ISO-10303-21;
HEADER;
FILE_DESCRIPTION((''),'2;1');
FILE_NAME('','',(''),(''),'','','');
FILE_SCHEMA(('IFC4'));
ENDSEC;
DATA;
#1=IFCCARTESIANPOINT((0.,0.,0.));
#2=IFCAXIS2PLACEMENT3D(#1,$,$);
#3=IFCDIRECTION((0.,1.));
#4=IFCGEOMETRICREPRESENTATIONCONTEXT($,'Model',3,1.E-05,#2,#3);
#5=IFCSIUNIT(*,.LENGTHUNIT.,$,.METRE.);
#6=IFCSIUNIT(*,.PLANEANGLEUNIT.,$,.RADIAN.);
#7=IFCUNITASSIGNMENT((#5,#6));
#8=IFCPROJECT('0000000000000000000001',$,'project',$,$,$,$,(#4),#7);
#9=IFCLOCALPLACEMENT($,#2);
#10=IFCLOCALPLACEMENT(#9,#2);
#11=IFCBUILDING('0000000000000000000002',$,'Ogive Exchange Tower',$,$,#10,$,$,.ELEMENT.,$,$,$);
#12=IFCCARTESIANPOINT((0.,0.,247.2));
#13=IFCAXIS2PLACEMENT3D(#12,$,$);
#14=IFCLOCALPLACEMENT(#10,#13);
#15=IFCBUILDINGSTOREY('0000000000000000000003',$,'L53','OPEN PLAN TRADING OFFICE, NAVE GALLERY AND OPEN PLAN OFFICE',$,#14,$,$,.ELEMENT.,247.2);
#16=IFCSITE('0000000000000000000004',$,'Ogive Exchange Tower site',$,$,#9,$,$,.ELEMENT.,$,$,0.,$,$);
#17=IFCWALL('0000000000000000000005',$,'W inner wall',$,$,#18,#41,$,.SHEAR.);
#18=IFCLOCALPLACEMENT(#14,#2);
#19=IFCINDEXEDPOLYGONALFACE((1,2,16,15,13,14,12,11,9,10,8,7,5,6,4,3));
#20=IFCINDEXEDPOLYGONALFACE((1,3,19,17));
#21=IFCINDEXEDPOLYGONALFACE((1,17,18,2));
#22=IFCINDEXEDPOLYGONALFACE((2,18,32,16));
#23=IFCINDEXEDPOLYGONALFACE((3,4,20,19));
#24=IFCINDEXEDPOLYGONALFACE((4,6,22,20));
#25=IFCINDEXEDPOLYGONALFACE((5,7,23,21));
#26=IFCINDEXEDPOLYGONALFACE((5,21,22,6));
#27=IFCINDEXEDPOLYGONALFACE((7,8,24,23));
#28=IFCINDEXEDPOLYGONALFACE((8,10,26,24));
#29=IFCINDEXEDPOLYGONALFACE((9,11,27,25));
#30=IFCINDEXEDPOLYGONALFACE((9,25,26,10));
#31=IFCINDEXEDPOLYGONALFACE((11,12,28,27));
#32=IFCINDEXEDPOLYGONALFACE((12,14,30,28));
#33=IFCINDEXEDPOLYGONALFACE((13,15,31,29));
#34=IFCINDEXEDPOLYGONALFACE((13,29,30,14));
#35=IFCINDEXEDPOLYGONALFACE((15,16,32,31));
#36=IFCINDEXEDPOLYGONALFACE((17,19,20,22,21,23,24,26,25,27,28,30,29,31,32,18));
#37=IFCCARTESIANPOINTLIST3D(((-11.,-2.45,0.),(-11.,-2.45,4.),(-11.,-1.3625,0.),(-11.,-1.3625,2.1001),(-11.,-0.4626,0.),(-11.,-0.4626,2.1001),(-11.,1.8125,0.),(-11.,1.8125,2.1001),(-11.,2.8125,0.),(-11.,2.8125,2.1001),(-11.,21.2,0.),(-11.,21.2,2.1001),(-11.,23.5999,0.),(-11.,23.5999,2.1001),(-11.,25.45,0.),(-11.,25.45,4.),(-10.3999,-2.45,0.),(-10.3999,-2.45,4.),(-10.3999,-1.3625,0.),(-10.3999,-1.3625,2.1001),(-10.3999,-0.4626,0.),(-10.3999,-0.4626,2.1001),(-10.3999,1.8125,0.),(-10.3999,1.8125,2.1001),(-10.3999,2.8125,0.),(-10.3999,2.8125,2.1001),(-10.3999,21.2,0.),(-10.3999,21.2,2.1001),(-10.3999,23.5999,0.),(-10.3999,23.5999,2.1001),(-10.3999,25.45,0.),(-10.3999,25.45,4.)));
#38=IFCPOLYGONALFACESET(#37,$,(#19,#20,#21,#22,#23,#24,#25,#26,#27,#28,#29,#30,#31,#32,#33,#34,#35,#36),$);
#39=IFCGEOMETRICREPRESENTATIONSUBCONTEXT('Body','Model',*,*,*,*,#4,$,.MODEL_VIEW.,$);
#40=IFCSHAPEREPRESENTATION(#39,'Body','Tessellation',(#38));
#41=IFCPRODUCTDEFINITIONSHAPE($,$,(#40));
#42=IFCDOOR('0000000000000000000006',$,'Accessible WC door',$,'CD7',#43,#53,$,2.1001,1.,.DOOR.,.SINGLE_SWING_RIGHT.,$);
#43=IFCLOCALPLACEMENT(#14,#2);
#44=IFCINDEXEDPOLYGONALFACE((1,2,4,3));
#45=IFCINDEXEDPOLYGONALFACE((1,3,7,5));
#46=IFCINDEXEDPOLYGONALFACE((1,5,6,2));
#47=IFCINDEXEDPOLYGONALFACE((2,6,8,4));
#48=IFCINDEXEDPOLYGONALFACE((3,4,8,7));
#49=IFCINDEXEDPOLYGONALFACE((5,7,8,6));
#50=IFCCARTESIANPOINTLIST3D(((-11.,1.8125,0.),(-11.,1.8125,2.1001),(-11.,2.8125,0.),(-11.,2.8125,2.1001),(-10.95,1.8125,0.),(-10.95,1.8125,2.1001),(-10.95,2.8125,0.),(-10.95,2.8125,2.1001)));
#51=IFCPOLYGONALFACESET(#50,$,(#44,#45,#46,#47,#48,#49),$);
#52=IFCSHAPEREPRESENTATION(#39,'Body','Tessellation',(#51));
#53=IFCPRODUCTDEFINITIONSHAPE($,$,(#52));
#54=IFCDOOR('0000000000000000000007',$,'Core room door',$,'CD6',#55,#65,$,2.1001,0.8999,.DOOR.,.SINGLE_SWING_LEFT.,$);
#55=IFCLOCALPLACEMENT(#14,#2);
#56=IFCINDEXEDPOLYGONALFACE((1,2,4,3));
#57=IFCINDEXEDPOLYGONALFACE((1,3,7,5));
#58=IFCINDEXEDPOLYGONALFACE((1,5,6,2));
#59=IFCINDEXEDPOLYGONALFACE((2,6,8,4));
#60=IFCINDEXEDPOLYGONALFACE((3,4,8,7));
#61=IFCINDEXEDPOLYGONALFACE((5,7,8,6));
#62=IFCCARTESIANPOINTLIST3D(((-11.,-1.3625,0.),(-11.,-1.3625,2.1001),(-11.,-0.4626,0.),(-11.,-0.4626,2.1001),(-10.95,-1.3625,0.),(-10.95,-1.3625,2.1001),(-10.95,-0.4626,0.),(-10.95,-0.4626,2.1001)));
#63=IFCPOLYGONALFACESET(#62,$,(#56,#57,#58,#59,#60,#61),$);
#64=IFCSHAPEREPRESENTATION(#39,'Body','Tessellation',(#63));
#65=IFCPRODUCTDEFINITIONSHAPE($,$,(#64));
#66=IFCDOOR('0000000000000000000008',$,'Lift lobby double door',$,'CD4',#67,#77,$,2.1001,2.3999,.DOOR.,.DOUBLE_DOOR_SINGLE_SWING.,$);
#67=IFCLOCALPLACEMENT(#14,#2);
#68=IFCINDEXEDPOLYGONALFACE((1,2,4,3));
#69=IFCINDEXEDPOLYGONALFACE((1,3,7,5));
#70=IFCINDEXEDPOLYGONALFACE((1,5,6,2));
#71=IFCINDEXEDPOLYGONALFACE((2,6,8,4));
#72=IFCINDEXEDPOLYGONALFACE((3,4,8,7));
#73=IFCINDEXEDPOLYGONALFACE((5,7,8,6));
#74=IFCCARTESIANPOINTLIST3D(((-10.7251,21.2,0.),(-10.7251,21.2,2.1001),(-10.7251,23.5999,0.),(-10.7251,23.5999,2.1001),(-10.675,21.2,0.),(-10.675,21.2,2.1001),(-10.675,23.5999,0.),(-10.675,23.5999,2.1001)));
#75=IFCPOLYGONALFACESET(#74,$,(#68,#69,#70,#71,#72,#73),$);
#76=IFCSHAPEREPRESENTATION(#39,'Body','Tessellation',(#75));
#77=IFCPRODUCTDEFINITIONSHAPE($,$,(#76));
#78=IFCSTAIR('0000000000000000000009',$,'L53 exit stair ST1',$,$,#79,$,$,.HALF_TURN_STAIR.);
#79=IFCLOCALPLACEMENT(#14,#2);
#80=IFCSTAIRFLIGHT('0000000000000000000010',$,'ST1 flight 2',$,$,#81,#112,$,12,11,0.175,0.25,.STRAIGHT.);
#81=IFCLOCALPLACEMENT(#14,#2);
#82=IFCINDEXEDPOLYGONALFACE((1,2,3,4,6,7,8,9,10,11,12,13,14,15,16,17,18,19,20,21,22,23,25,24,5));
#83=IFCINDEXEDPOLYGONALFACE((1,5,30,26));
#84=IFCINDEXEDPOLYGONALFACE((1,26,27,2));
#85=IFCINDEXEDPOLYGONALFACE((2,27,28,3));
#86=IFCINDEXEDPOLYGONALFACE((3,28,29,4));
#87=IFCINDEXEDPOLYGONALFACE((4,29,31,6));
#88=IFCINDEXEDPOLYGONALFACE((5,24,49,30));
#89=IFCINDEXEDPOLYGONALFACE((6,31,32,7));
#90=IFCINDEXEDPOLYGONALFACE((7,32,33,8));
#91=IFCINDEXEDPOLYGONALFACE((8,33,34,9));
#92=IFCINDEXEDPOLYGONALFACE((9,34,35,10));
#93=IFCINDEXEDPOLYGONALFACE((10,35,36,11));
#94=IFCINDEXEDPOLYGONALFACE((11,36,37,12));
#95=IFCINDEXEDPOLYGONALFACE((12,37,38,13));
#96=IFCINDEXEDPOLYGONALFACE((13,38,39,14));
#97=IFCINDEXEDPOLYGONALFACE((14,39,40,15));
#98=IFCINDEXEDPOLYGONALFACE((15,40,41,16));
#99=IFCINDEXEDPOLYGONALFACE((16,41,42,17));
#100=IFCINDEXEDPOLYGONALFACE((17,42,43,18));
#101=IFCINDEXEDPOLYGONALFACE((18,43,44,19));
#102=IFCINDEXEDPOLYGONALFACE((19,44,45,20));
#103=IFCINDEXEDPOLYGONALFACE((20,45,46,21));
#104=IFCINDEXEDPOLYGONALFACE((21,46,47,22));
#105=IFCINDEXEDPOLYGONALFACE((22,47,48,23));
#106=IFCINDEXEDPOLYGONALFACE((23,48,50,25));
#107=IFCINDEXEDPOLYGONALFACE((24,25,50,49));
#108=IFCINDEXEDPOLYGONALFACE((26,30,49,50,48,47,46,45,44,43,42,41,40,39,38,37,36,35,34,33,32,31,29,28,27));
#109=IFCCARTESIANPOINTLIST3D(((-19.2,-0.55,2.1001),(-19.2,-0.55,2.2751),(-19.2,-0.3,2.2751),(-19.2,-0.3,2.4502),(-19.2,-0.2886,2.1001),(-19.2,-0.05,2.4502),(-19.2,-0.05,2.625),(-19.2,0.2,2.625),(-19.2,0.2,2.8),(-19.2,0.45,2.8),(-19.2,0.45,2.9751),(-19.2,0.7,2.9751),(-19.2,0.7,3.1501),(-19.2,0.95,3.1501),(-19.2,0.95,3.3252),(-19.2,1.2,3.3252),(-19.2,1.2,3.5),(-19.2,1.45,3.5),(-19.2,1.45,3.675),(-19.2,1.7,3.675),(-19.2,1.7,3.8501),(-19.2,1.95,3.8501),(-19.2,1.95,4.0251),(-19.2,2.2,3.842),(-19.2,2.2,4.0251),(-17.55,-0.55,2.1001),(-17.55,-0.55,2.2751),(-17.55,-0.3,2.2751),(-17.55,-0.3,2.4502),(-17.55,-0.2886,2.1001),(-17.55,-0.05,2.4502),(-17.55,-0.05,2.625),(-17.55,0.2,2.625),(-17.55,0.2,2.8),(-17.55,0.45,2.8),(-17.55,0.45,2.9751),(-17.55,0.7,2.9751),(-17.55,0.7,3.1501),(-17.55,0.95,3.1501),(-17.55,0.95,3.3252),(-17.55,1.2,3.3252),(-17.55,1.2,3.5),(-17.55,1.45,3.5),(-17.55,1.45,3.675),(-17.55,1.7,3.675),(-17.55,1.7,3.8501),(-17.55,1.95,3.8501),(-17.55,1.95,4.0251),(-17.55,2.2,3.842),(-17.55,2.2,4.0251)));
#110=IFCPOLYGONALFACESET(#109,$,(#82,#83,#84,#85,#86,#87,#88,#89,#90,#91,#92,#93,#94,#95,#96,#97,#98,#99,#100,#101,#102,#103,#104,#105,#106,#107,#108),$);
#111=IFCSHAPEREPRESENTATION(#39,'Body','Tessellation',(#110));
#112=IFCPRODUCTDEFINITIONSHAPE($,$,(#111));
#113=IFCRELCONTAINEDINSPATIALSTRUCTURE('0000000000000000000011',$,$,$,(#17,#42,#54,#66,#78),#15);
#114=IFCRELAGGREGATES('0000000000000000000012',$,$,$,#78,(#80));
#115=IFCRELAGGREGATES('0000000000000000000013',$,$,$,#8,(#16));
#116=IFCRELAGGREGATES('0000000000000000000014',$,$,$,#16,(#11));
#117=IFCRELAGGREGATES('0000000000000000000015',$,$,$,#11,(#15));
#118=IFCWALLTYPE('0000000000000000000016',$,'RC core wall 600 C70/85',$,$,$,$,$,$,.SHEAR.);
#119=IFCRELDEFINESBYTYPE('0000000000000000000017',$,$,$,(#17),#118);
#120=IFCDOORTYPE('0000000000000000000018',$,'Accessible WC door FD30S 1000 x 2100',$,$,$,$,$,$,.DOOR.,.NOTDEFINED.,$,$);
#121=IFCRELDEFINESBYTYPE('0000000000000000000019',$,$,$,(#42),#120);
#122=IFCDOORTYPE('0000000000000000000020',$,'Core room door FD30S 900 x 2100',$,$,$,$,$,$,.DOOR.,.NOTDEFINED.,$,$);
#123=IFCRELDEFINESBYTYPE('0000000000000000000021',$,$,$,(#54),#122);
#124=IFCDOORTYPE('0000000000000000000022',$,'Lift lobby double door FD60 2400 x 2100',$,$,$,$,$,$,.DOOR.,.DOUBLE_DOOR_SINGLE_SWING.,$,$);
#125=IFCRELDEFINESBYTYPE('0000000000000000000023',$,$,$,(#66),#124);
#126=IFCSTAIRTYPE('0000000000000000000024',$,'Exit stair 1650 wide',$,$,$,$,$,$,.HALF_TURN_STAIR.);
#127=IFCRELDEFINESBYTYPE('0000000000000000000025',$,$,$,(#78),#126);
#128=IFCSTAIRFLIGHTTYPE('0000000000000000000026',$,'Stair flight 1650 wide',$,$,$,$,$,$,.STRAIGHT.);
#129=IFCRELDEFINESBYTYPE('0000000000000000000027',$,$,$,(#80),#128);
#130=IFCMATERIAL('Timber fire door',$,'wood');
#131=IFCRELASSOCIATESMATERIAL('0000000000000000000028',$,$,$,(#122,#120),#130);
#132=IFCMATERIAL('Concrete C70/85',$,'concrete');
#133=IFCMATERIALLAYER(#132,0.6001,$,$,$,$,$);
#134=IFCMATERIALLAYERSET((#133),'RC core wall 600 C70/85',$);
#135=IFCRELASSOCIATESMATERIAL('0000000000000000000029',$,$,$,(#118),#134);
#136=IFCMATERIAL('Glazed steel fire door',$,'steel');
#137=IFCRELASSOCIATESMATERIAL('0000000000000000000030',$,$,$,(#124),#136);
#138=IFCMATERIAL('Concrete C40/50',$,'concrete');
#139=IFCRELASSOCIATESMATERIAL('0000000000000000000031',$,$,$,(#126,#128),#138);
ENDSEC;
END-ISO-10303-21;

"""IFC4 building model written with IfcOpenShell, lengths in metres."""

from ifc_helpers import new_model, si_unit, direction, frame, frame_2d, origin, place, context, subcontext, project, spatial, polyline, rectangle, outline, extrude, material, layer, layer_set, type_object, element, fill, aggregate, save


model = new_model("IFC4")

# Units and contexts
model_context = context("Model", 3, precision=1e-05, world=origin(), true_north=direction((0.0, 1.0)))
body_context = subcontext(model_context, "Body", "Model", "MODEL_VIEW")
ifc_project = project(units=[si_unit("LENGTHUNIT", "METRE"), si_unit("PLANEANGLEUNIT", "RADIAN")], contexts=[model_context])

# Site, building, storey
site_placement = place(None, origin())
site = spatial("IfcSite", under=ifc_project, at=site_placement, Name="Ogive Exchange Tower site", CompositionType="ELEMENT", RefElevation=0.0)
building_placement = place(site_placement, origin())
building = spatial("IfcBuilding", under=site, at=building_placement, Name="Ogive Exchange Tower", CompositionType="ELEMENT")
storey_placement = place(building_placement, frame((0.0, 0.0, 247.2)))
storey = spatial("IfcBuildingStorey", under=building, at=storey_placement, Name="L53", Description="OPEN PLAN TRADING OFFICE, NAVE GALLERY AND OPEN PLAN OFFICE", CompositionType="ELEMENT", Elevation=247.2)

# Shared definitions
ifc_material_1 = material(Name="Concrete C70/85", Category="concrete")

# Wall, openings, doors
ifc_material_2 = material(Name="Timber fire door", Category="wood")
door_type_1 = type_object("IfcDoorType", Name="Core room door FD30S 900 x 2100", OperationType="NOTDEFINED", PredefinedType="DOOR", material=ifc_material_2)
ifc_layer_1 = layer(ifc_material_1, 0.6001)
ifc_layer_set_1 = layer_set([ifc_layer_1], Name="RC core wall 600 C70/85")
wall_type_1 = type_object("IfcWallType", Name="RC core wall 600 C70/85", PredefinedType="SHEAR", material=ifc_layer_set_1)
wall_1_placement = place(storey_placement, frame((-10.7, -2.45, 0.0), z_axis=(0.0, 0.0, 1.0), x_axis=(0.0, 1.0, 0.0)))
wall_1 = element("IfcWall", 1, at=wall_1_placement, inside=storey, type_object=wall_type_1, Name="W inner wall", PredefinedType="SHEAR", context=body_context, shape_type="SweptSolid", body=[
    extrude(rectangle(XDim=27.8999, YDim=0.6001, at=frame_2d((13.95, 0.0))), origin(), (0.0, 0.0, 1.0), 4.0),
])
opening_1_placement = place(wall_1_placement, frame((23.6499, 0.0, 0.0)))
opening_1 = element("IfcOpeningElement", 2, at=opening_1_placement, cuts=wall_1, PredefinedType="OPENING", context=body_context, shape_type="SweptSolid", body=[
    extrude(rectangle(XDim=2.3999, YDim=2.1001, at=frame_2d((1.2, 1.05))), frame((0.0, 0.3101, 0.0), z_axis=(0.0, -1.0, 0.0), x_axis=(1.0, 0.0, 0.0)), (0.0, 0.0, 1.0), 0.6201),
])
opening_2_placement = place(wall_1_placement, frame((1.0874, 0.0, 0.0)))
opening_2 = element("IfcOpeningElement", 3, at=opening_2_placement, cuts=wall_1, PredefinedType="OPENING", context=body_context, shape_type="SweptSolid", body=[
    extrude(rectangle(XDim=0.8999, YDim=2.1001, at=frame_2d((0.45, 1.05))), frame((0.0, 0.3101, 0.0), z_axis=(0.0, -1.0, 0.0), x_axis=(1.0, 0.0, 0.0)), (0.0, 0.0, 1.0), 0.6201),
])
opening_3_placement = place(wall_1_placement, frame((4.2625, 0.0, 0.0)))
opening_3 = element("IfcOpeningElement", 4, at=opening_3_placement, cuts=wall_1, PredefinedType="OPENING", context=body_context, shape_type="SweptSolid", body=[
    extrude(rectangle(XDim=1.0, YDim=2.1001, at=frame_2d((0.5, 1.05))), frame((0.0, 0.3101, 0.0), z_axis=(0.0, -1.0, 0.0), x_axis=(1.0, 0.0, 0.0)), (0.0, 0.0, 1.0), 0.6201),
])
door_type_2 = type_object("IfcDoorType", Name="Accessible WC door FD30S 1000 x 2100", OperationType="NOTDEFINED", PredefinedType="DOOR", material=ifc_material_2)
door_1_placement = place(opening_3_placement, frame((1.0, 0.5498, 0.0), z_axis=(0.0, 0.0, 1.0), x_axis=(-1.0, 0.0, 0.0)))
door_1 = element("IfcDoor", 5, at=door_1_placement, inside=storey, type_object=door_type_2, Name="Accessible WC door", ObjectType="CD7", OperationType="SINGLE_SWING_RIGHT", OverallHeight=2.1001, OverallWidth=1.0, PredefinedType="DOOR", context=body_context, shape_type="SweptSolid", body=[
    extrude(rectangle(XDim=1.0, YDim=2.1001, at=frame_2d((0.5, 1.05))), frame((0.0, 0.2998, 0.0), z_axis=(0.0, -1.0, 0.0), x_axis=(1.0, 0.0, 0.0)), (0.0, 0.0, 1.0), 0.05),
])
fill(opening_3, door_1)
door_2_placement = place(opening_2_placement, frame((0.8999, 0.5498, 0.0), z_axis=(0.0, 0.0, 1.0), x_axis=(-1.0, 0.0, 0.0)))
door_2 = element("IfcDoor", 6, at=door_2_placement, inside=storey, type_object=door_type_1, Name="Core room door", ObjectType="CD6", OperationType="SINGLE_SWING_LEFT", OverallHeight=2.1001, OverallWidth=0.8999, PredefinedType="DOOR", context=body_context, shape_type="SweptSolid", body=[
    extrude(rectangle(XDim=0.8999, YDim=2.1001, at=frame_2d((0.45, 1.05))), frame((0.0, 0.2998, 0.0), z_axis=(0.0, -1.0, 0.0), x_axis=(1.0, 0.0, 0.0)), (0.0, 0.0, 1.0), 0.05),
])
fill(opening_2, door_2)
ifc_material_3 = material(Name="Glazed steel fire door", Category="steel")
door_type_3 = type_object("IfcDoorType", Name="Lift lobby double door FD60 2400 x 2100", OperationType="DOUBLE_DOOR_SINGLE_SWING", PredefinedType="DOOR", material=ifc_material_3)
door_3_placement = place(opening_1_placement, frame((2.3999, 0.0, 0.0), z_axis=(0.0, 0.0, 1.0), x_axis=(-1.0, 0.0, 0.0)))
door_3 = element("IfcDoor", 7, at=door_3_placement, inside=storey, type_object=door_type_3, Name="Lift lobby double door", ObjectType="CD4", OperationType="DOUBLE_DOOR_SINGLE_SWING", OverallHeight=2.1001, OverallWidth=2.3999, PredefinedType="DOOR", context=body_context, shape_type="SweptSolid", body=[
    extrude(rectangle(XDim=2.3999, YDim=2.1001, at=frame_2d((1.2, 1.05))), frame((0.0, 0.0249, 0.0), z_axis=(0.0, -1.0, 0.0), x_axis=(1.0, 0.0, 0.0)), (0.0, 0.0, 1.0), 0.05),
])
fill(opening_1, door_3)

# Stair, stair flight
ifc_material_4 = material(Name="Concrete C40/50", Category="concrete")
stair_type = type_object("IfcStairType", Name="Exit stair 1650 wide", PredefinedType="HALF_TURN_STAIR", material=ifc_material_4)
stair_placement = place(storey_placement, origin())
stair = element("IfcStair", 8, at=stair_placement, inside=storey, type_object=stair_type, Name="L53 exit stair ST1", PredefinedType="HALF_TURN_STAIR")
stair_flight_type = type_object("IfcStairFlightType", Name="Stair flight 1650 wide", PredefinedType="STRAIGHT", material=ifc_material_4)
stair_flight_placement = place(storey_placement, frame((-18.375, -0.55, 2.1001), z_axis=(0.0, 0.0, 1.0), x_axis=(0.0, 1.0, 0.0)))
stair_flight = element("IfcStairFlight", 9, at=stair_flight_placement, type_object=stair_flight_type, Name="ST1 flight 2", NumberOfRisers=12, NumberOfTreads=11, PredefinedType="STRAIGHT", RiserHeight=0.175, TreadLength=0.25, context=body_context, shape_type="SweptSolid", body=[
    extrude(outline(polyline([(0.0, 0.0), (0.0, 0.175), (0.25, 0.175), (0.25, 0.3501), (0.5, 0.3501), (0.5, 0.5249), (0.75, 0.5249), (0.75, 0.7), (1.0, 0.7), (1.0, 0.875), (1.25, 0.875), (1.25, 1.05), (1.5, 1.05), (1.5, 1.2251), (1.75, 1.2251), (1.75, 1.3999), (2.0, 1.3999), (2.0, 1.575), (2.25, 1.575), (2.25, 1.75), (2.5, 1.75), (2.5, 1.925), (2.75, 1.925), (2.75, 2.1001), (2.75, 1.7419), (0.2615, 0.0), (0.0, 0.0)])), frame((0.0, 0.825, 0.0), z_axis=(0.0, -1.0, 0.0), x_axis=(1.0, 0.0, 0.0)), (0.0, 0.0, 1.0), 1.6499),
])
aggregate(stair, [stair_flight])

save(model, "model.ifc")
